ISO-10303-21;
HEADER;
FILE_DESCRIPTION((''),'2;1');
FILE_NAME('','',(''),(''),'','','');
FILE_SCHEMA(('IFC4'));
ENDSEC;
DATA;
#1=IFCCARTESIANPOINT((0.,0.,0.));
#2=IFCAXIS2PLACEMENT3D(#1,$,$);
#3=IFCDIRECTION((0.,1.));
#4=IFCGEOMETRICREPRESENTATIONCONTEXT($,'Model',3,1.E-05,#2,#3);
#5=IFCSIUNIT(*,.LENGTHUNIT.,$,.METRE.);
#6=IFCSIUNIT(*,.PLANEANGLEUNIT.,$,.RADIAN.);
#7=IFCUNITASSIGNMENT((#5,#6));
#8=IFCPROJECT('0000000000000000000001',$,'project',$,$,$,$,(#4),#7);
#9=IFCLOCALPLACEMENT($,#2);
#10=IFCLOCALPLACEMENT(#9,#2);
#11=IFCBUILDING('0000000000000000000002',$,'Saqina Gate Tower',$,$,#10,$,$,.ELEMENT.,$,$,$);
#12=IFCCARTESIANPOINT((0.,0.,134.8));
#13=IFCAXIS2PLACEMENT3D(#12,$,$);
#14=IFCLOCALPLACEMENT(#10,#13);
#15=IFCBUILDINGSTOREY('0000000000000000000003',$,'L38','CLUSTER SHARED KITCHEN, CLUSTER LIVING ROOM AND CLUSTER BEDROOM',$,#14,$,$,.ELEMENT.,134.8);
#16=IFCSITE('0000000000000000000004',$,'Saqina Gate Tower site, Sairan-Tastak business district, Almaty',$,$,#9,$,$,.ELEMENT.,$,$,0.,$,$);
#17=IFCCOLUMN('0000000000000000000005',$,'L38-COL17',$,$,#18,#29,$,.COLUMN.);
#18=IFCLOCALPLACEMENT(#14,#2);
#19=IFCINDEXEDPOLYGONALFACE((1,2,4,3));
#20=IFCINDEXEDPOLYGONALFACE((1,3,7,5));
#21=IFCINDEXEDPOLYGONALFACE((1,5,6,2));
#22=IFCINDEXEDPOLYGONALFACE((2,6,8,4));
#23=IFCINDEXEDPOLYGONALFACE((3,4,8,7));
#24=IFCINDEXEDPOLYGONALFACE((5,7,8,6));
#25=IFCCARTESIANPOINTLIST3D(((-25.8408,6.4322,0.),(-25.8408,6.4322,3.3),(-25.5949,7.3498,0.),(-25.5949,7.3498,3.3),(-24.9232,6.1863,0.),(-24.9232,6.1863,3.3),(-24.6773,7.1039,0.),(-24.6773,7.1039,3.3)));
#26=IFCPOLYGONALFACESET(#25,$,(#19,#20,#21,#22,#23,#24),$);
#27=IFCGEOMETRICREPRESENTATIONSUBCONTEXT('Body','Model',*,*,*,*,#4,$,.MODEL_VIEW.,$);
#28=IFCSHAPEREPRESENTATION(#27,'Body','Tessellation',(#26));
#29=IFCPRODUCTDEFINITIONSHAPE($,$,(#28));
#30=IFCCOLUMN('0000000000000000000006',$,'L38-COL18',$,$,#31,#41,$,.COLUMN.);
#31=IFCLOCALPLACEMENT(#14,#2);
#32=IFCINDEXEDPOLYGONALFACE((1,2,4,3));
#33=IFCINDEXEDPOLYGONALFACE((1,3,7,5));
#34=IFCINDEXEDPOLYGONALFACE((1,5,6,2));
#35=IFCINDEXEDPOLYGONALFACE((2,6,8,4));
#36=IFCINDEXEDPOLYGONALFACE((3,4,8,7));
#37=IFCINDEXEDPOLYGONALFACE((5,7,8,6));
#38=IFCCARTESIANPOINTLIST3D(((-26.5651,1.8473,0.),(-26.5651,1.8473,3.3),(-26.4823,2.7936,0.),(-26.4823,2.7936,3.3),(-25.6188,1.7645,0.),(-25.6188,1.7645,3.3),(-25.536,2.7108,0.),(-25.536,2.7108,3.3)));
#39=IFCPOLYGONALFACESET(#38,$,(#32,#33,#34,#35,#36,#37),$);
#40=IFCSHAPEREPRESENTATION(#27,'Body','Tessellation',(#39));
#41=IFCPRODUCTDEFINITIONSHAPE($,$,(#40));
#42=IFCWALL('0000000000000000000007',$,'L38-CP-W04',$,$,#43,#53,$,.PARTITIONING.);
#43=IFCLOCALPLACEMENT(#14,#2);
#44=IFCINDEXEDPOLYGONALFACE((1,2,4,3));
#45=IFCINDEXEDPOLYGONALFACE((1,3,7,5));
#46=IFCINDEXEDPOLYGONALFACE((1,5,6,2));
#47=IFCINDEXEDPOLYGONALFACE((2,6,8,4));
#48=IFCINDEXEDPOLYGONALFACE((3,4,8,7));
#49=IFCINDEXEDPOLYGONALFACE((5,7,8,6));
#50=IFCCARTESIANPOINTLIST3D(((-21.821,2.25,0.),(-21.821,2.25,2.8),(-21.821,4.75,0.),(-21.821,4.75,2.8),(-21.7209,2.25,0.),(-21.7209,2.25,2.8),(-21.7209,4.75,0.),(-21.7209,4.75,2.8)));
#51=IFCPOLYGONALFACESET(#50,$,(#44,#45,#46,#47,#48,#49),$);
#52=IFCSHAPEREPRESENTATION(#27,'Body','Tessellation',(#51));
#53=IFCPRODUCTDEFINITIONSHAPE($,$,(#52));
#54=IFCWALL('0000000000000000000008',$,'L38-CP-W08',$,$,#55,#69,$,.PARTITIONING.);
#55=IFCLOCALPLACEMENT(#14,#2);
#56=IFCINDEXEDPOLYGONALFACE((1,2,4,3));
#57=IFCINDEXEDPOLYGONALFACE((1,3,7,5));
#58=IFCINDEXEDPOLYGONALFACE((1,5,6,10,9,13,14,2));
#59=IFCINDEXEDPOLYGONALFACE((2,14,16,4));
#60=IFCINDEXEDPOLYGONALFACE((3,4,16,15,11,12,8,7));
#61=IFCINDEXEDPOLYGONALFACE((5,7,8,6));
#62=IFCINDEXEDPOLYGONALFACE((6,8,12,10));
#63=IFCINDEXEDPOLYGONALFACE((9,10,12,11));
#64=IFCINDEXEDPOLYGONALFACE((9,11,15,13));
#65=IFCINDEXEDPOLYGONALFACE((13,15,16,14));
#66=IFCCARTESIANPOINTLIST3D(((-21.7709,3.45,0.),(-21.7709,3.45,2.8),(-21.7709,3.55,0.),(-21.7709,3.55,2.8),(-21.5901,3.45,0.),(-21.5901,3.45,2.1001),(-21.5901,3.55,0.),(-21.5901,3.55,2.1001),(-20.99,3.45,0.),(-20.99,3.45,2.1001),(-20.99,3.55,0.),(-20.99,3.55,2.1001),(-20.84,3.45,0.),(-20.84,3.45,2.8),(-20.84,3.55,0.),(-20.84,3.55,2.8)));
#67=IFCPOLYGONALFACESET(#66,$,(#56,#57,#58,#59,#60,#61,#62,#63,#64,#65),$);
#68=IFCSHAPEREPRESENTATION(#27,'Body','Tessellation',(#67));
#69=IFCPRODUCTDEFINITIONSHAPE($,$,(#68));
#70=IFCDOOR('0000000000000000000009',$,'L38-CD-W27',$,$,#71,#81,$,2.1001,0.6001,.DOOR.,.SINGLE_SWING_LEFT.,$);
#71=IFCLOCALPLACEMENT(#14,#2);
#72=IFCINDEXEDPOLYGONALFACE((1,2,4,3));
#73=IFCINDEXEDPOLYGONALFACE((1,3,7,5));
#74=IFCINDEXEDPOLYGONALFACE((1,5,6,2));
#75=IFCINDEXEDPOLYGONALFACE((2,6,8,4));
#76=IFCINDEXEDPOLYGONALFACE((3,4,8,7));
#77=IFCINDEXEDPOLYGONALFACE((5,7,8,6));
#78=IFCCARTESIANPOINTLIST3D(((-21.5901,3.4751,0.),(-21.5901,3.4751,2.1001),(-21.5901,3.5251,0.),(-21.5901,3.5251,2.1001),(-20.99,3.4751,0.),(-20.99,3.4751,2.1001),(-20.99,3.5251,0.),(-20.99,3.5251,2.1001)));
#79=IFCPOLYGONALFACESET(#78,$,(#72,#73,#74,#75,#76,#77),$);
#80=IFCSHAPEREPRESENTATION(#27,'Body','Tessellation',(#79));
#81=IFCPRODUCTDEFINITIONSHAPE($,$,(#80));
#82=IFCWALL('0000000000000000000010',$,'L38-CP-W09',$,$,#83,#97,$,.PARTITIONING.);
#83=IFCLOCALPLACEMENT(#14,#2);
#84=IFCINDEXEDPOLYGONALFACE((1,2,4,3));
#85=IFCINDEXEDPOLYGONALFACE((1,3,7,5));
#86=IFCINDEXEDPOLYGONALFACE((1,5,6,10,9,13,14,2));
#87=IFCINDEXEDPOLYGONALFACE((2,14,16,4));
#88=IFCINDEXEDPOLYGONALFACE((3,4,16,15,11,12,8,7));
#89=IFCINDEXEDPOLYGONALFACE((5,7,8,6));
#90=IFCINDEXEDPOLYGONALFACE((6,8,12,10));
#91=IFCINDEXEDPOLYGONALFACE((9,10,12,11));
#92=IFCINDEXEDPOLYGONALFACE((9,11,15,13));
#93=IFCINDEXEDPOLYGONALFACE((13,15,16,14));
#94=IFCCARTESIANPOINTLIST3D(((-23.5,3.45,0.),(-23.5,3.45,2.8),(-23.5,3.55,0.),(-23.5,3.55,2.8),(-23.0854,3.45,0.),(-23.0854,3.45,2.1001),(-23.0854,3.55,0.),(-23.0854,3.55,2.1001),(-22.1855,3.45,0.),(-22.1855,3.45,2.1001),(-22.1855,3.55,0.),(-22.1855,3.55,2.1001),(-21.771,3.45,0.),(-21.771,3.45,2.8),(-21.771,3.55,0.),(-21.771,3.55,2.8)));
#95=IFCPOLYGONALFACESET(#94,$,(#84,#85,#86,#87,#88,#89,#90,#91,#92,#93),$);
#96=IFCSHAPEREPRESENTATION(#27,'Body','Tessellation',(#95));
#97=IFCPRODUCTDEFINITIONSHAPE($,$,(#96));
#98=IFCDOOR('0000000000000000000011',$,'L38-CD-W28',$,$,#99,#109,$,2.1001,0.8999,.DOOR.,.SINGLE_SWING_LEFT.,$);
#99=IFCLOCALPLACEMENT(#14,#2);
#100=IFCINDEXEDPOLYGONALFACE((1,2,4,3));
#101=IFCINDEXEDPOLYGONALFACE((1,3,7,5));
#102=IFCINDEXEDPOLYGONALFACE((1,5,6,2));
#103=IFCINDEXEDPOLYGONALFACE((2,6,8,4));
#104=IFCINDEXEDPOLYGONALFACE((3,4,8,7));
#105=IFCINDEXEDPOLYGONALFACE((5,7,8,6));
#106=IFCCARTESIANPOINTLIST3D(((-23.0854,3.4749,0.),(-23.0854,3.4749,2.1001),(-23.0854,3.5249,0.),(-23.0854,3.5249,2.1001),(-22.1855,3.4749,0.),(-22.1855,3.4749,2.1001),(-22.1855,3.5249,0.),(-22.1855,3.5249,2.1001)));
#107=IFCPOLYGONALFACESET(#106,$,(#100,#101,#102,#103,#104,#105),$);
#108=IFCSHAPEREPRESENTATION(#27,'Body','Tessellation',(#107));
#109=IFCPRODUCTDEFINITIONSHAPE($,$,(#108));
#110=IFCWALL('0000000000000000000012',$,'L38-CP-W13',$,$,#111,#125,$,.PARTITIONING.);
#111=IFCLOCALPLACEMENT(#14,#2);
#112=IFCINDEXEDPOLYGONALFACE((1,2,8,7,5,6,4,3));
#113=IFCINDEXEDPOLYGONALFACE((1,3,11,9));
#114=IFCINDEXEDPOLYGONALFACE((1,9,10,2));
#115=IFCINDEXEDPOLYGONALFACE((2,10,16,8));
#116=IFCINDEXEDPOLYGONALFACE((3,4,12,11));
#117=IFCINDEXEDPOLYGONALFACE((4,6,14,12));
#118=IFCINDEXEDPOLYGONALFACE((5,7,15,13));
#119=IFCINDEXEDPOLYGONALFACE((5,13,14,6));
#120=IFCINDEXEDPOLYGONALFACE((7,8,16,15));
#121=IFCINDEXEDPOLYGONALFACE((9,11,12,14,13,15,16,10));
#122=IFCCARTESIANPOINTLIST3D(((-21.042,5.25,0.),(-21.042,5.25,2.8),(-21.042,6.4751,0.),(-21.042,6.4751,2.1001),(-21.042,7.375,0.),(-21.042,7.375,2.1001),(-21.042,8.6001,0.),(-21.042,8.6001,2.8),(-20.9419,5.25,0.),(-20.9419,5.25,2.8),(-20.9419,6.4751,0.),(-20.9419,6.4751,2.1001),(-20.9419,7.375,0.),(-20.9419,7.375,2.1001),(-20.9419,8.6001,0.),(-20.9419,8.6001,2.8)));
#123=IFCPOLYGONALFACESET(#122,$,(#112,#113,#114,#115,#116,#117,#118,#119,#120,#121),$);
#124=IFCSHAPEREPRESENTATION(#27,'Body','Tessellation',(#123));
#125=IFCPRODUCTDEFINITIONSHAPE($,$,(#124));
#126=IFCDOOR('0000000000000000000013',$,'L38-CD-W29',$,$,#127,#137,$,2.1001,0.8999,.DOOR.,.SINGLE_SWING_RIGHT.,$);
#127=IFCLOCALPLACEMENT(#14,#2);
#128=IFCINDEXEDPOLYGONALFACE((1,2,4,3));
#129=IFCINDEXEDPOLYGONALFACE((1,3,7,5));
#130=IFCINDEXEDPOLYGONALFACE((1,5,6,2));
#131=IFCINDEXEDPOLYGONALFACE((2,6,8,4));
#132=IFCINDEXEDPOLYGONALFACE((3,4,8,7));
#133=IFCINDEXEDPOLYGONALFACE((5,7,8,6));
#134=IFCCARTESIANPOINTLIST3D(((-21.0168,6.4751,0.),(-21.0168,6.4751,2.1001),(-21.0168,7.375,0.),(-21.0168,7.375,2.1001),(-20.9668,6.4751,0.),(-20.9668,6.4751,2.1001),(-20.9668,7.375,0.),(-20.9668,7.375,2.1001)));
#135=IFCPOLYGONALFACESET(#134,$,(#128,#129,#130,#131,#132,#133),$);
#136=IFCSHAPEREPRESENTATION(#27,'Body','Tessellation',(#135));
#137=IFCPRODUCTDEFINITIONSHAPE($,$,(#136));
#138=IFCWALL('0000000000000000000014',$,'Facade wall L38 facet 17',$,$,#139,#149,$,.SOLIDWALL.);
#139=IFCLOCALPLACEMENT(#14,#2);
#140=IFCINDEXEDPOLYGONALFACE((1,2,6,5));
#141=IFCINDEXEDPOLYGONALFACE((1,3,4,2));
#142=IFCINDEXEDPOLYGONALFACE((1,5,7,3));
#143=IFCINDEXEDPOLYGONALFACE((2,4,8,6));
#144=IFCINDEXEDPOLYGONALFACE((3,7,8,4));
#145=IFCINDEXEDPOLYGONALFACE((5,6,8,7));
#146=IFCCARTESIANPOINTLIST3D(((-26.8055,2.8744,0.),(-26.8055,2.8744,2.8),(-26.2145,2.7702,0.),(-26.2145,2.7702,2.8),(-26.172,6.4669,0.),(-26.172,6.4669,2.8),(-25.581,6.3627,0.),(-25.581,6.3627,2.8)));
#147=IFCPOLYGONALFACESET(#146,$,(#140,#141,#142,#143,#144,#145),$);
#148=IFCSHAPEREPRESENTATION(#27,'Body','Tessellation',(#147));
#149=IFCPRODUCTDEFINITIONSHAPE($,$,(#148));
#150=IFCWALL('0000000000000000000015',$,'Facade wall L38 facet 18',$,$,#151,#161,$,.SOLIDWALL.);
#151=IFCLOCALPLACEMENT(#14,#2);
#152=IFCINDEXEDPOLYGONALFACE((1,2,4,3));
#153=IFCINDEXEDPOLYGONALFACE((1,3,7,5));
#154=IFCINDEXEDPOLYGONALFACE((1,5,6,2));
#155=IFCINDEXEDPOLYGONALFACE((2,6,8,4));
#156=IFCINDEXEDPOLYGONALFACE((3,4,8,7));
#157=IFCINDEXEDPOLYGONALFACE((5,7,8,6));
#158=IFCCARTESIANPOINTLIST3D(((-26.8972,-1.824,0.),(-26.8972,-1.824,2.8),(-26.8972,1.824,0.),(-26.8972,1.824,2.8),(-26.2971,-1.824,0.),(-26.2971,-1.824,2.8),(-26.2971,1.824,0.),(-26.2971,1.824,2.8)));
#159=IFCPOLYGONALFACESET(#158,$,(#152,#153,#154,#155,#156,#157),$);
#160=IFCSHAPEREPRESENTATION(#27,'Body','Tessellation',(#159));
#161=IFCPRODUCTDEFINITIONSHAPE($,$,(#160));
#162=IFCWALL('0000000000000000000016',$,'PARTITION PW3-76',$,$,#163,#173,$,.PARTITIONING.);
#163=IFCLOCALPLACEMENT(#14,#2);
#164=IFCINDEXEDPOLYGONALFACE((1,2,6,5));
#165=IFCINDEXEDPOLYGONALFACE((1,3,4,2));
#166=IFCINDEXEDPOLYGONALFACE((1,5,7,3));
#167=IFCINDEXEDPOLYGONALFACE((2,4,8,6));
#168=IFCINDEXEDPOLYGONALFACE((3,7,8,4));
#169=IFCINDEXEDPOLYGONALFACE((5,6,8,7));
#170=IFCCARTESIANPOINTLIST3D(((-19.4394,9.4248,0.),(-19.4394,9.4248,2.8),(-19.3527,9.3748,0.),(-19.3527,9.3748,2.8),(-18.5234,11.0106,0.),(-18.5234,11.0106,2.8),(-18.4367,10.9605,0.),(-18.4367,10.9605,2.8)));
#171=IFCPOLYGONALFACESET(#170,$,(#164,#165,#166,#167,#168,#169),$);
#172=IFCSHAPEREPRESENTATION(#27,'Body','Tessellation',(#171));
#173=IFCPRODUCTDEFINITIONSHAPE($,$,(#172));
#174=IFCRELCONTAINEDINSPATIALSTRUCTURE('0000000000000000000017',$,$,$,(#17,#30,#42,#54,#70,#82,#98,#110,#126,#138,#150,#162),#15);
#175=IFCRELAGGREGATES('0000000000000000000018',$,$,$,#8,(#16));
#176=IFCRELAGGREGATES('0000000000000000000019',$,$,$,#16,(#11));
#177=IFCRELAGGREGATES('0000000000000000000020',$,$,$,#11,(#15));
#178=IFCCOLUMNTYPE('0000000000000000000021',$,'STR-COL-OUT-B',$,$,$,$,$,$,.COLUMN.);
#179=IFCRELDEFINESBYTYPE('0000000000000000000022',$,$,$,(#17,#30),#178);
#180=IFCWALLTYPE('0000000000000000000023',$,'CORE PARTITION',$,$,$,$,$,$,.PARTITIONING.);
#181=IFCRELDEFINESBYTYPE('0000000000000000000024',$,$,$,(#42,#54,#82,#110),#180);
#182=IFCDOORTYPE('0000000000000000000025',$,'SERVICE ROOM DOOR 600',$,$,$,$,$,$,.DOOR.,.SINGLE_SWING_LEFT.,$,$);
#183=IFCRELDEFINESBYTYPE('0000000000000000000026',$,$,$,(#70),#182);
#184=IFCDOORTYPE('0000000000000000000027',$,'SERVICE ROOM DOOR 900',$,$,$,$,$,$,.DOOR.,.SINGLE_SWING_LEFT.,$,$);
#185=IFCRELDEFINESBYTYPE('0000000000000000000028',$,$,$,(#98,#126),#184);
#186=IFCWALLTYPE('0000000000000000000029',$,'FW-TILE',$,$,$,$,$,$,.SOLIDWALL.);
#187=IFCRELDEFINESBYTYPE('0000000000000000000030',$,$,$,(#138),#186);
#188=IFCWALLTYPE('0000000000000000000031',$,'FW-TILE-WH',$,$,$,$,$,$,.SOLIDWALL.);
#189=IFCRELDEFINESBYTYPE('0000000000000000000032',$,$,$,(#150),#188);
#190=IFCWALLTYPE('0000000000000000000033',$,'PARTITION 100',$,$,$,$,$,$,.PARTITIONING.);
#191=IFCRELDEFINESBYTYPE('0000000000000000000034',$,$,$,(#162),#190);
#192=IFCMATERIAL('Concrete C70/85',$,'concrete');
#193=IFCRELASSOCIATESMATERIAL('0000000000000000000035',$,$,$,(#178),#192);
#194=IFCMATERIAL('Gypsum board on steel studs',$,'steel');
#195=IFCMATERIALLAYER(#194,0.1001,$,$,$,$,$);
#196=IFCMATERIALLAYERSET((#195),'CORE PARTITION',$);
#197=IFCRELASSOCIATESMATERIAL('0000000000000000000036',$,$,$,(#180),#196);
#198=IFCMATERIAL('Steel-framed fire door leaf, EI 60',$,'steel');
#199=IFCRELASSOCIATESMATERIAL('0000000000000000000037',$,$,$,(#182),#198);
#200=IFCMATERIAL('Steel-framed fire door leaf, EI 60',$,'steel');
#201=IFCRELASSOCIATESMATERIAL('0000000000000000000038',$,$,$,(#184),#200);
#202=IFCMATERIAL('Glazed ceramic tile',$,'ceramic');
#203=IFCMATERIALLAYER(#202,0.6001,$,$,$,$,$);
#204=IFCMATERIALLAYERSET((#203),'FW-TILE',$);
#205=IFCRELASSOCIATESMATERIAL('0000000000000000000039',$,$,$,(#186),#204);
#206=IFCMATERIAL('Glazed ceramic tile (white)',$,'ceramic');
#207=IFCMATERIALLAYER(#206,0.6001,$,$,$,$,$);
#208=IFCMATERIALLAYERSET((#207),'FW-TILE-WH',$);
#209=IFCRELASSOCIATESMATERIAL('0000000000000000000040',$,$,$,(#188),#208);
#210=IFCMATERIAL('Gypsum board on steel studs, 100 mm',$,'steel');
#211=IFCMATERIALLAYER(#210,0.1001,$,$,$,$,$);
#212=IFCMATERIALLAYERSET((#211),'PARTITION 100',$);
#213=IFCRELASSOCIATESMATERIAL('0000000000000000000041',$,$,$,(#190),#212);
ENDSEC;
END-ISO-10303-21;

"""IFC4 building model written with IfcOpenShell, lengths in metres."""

from ifc_helpers import new_model, si_unit, direction, frame, frame_2d, origin, origin_2d, place, context, subcontext, project, spatial, rectangle, extrude, material, layer, layer_set, material_profile, profile_set, type_object, element, fill, save


model = new_model("IFC4")

# Units and contexts
model_context = context("Model", 3, precision=1e-05, world=origin(), true_north=direction((0.0, 1.0)))
body_context = subcontext(model_context, "Body", "Model", "MODEL_VIEW")
ifc_project = project(units=[si_unit("LENGTHUNIT", "METRE"), si_unit("PLANEANGLEUNIT", "RADIAN")], contexts=[model_context])

# Site, building, storey
site_placement = place(None, origin())
site = spatial("IfcSite", under=ifc_project, at=site_placement, Name="Saqina Gate Tower site, Sairan-Tastak business district, Almaty", CompositionType="ELEMENT", RefElevation=0.0)
building_placement = place(site_placement, origin())
building = spatial("IfcBuilding", under=site, at=building_placement, Name="Saqina Gate Tower", CompositionType="ELEMENT")
storey_placement = place(building_placement, frame((0.0, 0.0, 134.8)))
storey = spatial("IfcBuildingStorey", under=building, at=storey_placement, Name="L38", Description="CLUSTER SHARED KITCHEN, CLUSTER LIVING ROOM AND CLUSTER BEDROOM", CompositionType="ELEMENT", Elevation=134.8)

# Columns
ifc_material_1 = material(Name="Concrete C70/85", Category="concrete")
ifc_material_profile = material_profile(ifc_material_1, rectangle(XDim=0.95, YDim=0.95, at=origin_2d()), Name="RC 950x950")
ifc_profile_set = profile_set([ifc_material_profile], Name="Concrete C70/85")
column_type = type_object("IfcColumnType", Name="STR-COL-OUT-B", PredefinedType="COLUMN", material=ifc_profile_set)
for number, where, z_axis, x_axis, name in (
    (1, (-25.259, 6.7681, 0.0), (0.0, 0.0, 1.0), (-0.965926, 0.258819, 0.0), "L38-COL17"),
    (2, (-26.0505, 2.2791, 0.0), (0.0, 0.0, 1.0), (-0.996195, 0.087156, 0.0), "L38-COL18"),
):
    element("IfcColumn", number, at=place(storey_placement, frame(where, z_axis=z_axis, x_axis=x_axis)), inside=storey, type_object=column_type, Name=name, PredefinedType="COLUMN", context=body_context, shape_type="SweptSolid", body=[
        extrude(rectangle(XDim=0.95, YDim=0.95, at=origin_2d()), origin(), (0.0, 0.0, 1.0), 3.3),
    ])

# Wall
ifc_material_2 = material(Name="Gypsum board on steel studs", Category="steel")
ifc_layer_1 = layer(ifc_material_2, 0.1001)
ifc_layer_set_1 = layer_set([ifc_layer_1], Name="CORE PARTITION")
wall_type_1 = type_object("IfcWallType", Name="CORE PARTITION", PredefinedType="PARTITIONING", material=ifc_layer_set_1)
wall_1_placement = place(storey_placement, frame((-21.771, 2.25, 0.0), z_axis=(0.0, 0.0, 1.0), x_axis=(0.0, 1.0, 0.0)))
element("IfcWall", 3, at=wall_1_placement, inside=storey, type_object=wall_type_1, Name="L38-CP-W04", PredefinedType="PARTITIONING", context=body_context, shape_type="SweptSolid", body=[
    extrude(rectangle(XDim=2.5, YDim=0.1001, at=frame_2d((1.25, 0.0))), origin(), (0.0, 0.0, 1.0), 2.8),
])

# Walls, openings, doors
wall_2_placement = place(storey_placement, frame((-20.8401, 3.5, 0.0), z_axis=(0.0, 0.0, 1.0), x_axis=(-1.0, 0.0, 0.0)))
wall_2 = element("IfcWall", 4, at=wall_2_placement, inside=storey, type_object=wall_type_1, Name="L38-CP-W08", PredefinedType="PARTITIONING", context=body_context, shape_type="SweptSolid", body=[
    extrude(rectangle(XDim=0.9309, YDim=0.1001, at=frame_2d((0.4653, 0.0))), origin(), (0.0, 0.0, 1.0), 2.8),
])
opening_1_placement = place(wall_2_placement, frame((0.1499, 0.0, 0.0)))
opening_1 = element("IfcOpeningElement", 5, at=opening_1_placement, cuts=wall_2, PredefinedType="OPENING", context=body_context, shape_type="SweptSolid", body=[
    extrude(rectangle(XDim=0.6001, YDim=2.1001, at=frame_2d((0.3, 1.05))), frame((0.0, 0.062, 0.0), z_axis=(0.0, -1.0, 0.0), x_axis=(1.0, 0.0, 0.0)), (0.0, 0.0, 1.0), 0.124),
])
ifc_material_3 = material(Name="Steel-framed fire door leaf, EI 60", Category="steel")
door_type_1 = type_object("IfcDoorType", Name="SERVICE ROOM DOOR 600", OperationType="SINGLE_SWING_LEFT", PredefinedType="DOOR", material=ifc_material_3)
door_1_placement = place(opening_1_placement, origin())
door_1 = element("IfcDoor", 6, at=door_1_placement, inside=storey, type_object=door_type_1, Name="L38-CD-W27", OperationType="SINGLE_SWING_LEFT", OverallHeight=2.1001, OverallWidth=0.6001, PredefinedType="DOOR", context=body_context, shape_type="SweptSolid", body=[
    extrude(rectangle(XDim=0.6001, YDim=2.1001, at=frame_2d((0.3, 1.05))), frame((0.0, 0.0249, 0.0), z_axis=(0.0, -1.0, 0.0), x_axis=(1.0, 0.0, 0.0)), (0.0, 0.0, 1.0), 0.05),
])
fill(opening_1, door_1)
wall_3_placement = place(storey_placement, frame((-21.771, 3.5, 0.0), z_axis=(0.0, 0.0, 1.0), x_axis=(-1.0, 0.0, 0.0)))
wall_3 = element("IfcWall", 7, at=wall_3_placement, inside=storey, type_object=wall_type_1, Name="L38-CP-W09", PredefinedType="PARTITIONING", context=body_context, shape_type="SweptSolid", body=[
    extrude(rectangle(XDim=1.729, YDim=0.1001, at=frame_2d((0.8645, 0.0))), origin(), (0.0, 0.0, 1.0), 2.8),
])
opening_2_placement = place(wall_3_placement, frame((0.4146, 0.0, 0.0)))
opening_2 = element("IfcOpeningElement", 8, at=opening_2_placement, cuts=wall_3, PredefinedType="OPENING", context=body_context, shape_type="SweptSolid", body=[
    extrude(rectangle(XDim=0.8999, YDim=2.1001, at=frame_2d((0.45, 1.05))), frame((0.0, 0.062, 0.0), z_axis=(0.0, -1.0, 0.0), x_axis=(1.0, 0.0, 0.0)), (0.0, 0.0, 1.0), 0.124),
])
ifc_material_4 = material(Name="Steel-framed fire door leaf, EI 60", Category="steel")
door_type_2 = type_object("IfcDoorType", Name="SERVICE ROOM DOOR 900", OperationType="SINGLE_SWING_LEFT", PredefinedType="DOOR", material=ifc_material_4)
door_2_placement = place(opening_2_placement, frame((0.8999, 0.0, 0.0), z_axis=(0.0, 0.0, 1.0), x_axis=(-1.0, 0.0, 0.0)))
door_2 = element("IfcDoor", 9, at=door_2_placement, inside=storey, type_object=door_type_2, Name="L38-CD-W28", OperationType="SINGLE_SWING_LEFT", OverallHeight=2.1001, OverallWidth=0.8999, PredefinedType="DOOR", context=body_context, shape_type="SweptSolid", body=[
    extrude(rectangle(XDim=0.8999, YDim=2.1001, at=frame_2d((0.45, 1.05))), frame((0.0, 0.0249, 0.0), z_axis=(0.0, -1.0, 0.0), x_axis=(1.0, 0.0, 0.0)), (0.0, 0.0, 1.0), 0.05),
])
fill(opening_2, door_2)
wall_4_placement = place(storey_placement, frame((-20.9919, 5.25, 0.0), z_axis=(0.0, 0.0, 1.0), x_axis=(0.0, 1.0, 0.0)))
wall_4 = element("IfcWall", 10, at=wall_4_placement, inside=storey, type_object=wall_type_1, Name="L38-CP-W13", PredefinedType="PARTITIONING", context=body_context, shape_type="SweptSolid", body=[
    extrude(rectangle(XDim=3.3501, YDim=0.1001, at=frame_2d((1.675, 0.0))), origin(), (0.0, 0.0, 1.0), 2.8),
])
opening_3_placement = place(wall_4_placement, frame((1.2251, 0.0, 0.0)))
opening_3 = element("IfcOpeningElement", 11, at=opening_3_placement, cuts=wall_4, PredefinedType="OPENING", context=body_context, shape_type="SweptSolid", body=[
    extrude(rectangle(XDim=0.8999, YDim=2.1001, at=frame_2d((0.45, 1.05))), frame((0.0, 0.062, 0.0), z_axis=(0.0, -1.0, 0.0), x_axis=(1.0, 0.0, 0.0)), (0.0, 0.0, 1.0), 0.124),
])
door_3_placement = place(opening_3_placement, origin())
door_3 = element("IfcDoor", 12, at=door_3_placement, inside=storey, type_object=door_type_2, Name="L38-CD-W29", OperationType="SINGLE_SWING_RIGHT", OverallHeight=2.1001, OverallWidth=0.8999, PredefinedType="DOOR", context=body_context, shape_type="SweptSolid", body=[
    extrude(rectangle(XDim=0.8999, YDim=2.1001, at=frame_2d((0.45, 1.05))), frame((0.0, 0.0249, 0.0), z_axis=(0.0, -1.0, 0.0), x_axis=(1.0, 0.0, 0.0)), (0.0, 0.0, 1.0), 0.05),
])
fill(opening_3, door_3)

# Walls
ifc_material_5 = material(Name="Glazed ceramic tile", Category="ceramic")
ifc_layer_2 = layer(ifc_material_5, 0.6001)
ifc_layer_set_2 = layer_set([ifc_layer_2], Name="FW-TILE")
wall_type_2 = type_object("IfcWallType", Name="FW-TILE", PredefinedType="SOLIDWALL", material=ifc_layer_set_2)
wall_5_placement = place(storey_placement, frame((-25.8765, 6.4148, 0.0), z_axis=(0.0, 0.0, 1.0), x_axis=(-0.173671, -0.984804, 0.0)))
element("IfcWall", 13, at=wall_5_placement, inside=storey, type_object=wall_type_2, Name="Facade wall L38 facet 17", PredefinedType="SOLIDWALL", context=body_context, shape_type="SweptSolid", body=[
    extrude(rectangle(XDim=3.6479, YDim=0.6001, at=frame_2d((1.824, 0.0))), origin(), (0.0, 0.0, 1.0), 2.8),
])
ifc_material_6 = material(Name="Glazed ceramic tile (white)", Category="ceramic")
ifc_layer_3 = layer(ifc_material_6, 0.6001)
ifc_layer_set_3 = layer_set([ifc_layer_3], Name="FW-TILE-WH")
wall_type_3 = type_object("IfcWallType", Name="FW-TILE-WH", PredefinedType="SOLIDWALL", material=ifc_layer_set_3)
wall_6_placement = place(storey_placement, frame((-26.5972, 1.824, 0.0), z_axis=(0.0, 0.0, 1.0), x_axis=(0.0, -1.0, 0.0)))
element("IfcWall", 14, at=wall_6_placement, inside=storey, type_object=wall_type_3, Name="Facade wall L38 facet 18", PredefinedType="SOLIDWALL", context=body_context, shape_type="SweptSolid", body=[
    extrude(rectangle(XDim=3.6479, YDim=0.6001, at=frame_2d((1.824, 0.0))), origin(), (0.0, 0.0, 1.0), 2.8),
])
ifc_material_7 = material(Name="Gypsum board on steel studs, 100 mm", Category="steel")
ifc_layer_4 = layer(ifc_material_7, 0.1001)
ifc_layer_set_4 = layer_set([ifc_layer_4], Name="PARTITION 100")
wall_type_4 = type_object("IfcWallType", Name="PARTITION 100", PredefinedType="PARTITIONING", material=ifc_layer_set_4)
wall_7_placement = place(storey_placement, frame((-19.396, 9.3999, 0.0), z_axis=(0.0, 0.0, 1.0), x_axis=(0.500211, 0.865904, 0.0)))
element("IfcWall", 15, at=wall_7_placement, inside=storey, type_object=wall_type_4, Name="PARTITION PW3-76", PredefinedType="PARTITIONING", context=body_context, shape_type="SweptSolid", body=[
    extrude(rectangle(XDim=1.8313, YDim=0.1001, at=frame_2d((0.9155, 0.0))), origin(), (0.0, 0.0, 1.0), 2.8),
])

save(model, "model.ifc")
